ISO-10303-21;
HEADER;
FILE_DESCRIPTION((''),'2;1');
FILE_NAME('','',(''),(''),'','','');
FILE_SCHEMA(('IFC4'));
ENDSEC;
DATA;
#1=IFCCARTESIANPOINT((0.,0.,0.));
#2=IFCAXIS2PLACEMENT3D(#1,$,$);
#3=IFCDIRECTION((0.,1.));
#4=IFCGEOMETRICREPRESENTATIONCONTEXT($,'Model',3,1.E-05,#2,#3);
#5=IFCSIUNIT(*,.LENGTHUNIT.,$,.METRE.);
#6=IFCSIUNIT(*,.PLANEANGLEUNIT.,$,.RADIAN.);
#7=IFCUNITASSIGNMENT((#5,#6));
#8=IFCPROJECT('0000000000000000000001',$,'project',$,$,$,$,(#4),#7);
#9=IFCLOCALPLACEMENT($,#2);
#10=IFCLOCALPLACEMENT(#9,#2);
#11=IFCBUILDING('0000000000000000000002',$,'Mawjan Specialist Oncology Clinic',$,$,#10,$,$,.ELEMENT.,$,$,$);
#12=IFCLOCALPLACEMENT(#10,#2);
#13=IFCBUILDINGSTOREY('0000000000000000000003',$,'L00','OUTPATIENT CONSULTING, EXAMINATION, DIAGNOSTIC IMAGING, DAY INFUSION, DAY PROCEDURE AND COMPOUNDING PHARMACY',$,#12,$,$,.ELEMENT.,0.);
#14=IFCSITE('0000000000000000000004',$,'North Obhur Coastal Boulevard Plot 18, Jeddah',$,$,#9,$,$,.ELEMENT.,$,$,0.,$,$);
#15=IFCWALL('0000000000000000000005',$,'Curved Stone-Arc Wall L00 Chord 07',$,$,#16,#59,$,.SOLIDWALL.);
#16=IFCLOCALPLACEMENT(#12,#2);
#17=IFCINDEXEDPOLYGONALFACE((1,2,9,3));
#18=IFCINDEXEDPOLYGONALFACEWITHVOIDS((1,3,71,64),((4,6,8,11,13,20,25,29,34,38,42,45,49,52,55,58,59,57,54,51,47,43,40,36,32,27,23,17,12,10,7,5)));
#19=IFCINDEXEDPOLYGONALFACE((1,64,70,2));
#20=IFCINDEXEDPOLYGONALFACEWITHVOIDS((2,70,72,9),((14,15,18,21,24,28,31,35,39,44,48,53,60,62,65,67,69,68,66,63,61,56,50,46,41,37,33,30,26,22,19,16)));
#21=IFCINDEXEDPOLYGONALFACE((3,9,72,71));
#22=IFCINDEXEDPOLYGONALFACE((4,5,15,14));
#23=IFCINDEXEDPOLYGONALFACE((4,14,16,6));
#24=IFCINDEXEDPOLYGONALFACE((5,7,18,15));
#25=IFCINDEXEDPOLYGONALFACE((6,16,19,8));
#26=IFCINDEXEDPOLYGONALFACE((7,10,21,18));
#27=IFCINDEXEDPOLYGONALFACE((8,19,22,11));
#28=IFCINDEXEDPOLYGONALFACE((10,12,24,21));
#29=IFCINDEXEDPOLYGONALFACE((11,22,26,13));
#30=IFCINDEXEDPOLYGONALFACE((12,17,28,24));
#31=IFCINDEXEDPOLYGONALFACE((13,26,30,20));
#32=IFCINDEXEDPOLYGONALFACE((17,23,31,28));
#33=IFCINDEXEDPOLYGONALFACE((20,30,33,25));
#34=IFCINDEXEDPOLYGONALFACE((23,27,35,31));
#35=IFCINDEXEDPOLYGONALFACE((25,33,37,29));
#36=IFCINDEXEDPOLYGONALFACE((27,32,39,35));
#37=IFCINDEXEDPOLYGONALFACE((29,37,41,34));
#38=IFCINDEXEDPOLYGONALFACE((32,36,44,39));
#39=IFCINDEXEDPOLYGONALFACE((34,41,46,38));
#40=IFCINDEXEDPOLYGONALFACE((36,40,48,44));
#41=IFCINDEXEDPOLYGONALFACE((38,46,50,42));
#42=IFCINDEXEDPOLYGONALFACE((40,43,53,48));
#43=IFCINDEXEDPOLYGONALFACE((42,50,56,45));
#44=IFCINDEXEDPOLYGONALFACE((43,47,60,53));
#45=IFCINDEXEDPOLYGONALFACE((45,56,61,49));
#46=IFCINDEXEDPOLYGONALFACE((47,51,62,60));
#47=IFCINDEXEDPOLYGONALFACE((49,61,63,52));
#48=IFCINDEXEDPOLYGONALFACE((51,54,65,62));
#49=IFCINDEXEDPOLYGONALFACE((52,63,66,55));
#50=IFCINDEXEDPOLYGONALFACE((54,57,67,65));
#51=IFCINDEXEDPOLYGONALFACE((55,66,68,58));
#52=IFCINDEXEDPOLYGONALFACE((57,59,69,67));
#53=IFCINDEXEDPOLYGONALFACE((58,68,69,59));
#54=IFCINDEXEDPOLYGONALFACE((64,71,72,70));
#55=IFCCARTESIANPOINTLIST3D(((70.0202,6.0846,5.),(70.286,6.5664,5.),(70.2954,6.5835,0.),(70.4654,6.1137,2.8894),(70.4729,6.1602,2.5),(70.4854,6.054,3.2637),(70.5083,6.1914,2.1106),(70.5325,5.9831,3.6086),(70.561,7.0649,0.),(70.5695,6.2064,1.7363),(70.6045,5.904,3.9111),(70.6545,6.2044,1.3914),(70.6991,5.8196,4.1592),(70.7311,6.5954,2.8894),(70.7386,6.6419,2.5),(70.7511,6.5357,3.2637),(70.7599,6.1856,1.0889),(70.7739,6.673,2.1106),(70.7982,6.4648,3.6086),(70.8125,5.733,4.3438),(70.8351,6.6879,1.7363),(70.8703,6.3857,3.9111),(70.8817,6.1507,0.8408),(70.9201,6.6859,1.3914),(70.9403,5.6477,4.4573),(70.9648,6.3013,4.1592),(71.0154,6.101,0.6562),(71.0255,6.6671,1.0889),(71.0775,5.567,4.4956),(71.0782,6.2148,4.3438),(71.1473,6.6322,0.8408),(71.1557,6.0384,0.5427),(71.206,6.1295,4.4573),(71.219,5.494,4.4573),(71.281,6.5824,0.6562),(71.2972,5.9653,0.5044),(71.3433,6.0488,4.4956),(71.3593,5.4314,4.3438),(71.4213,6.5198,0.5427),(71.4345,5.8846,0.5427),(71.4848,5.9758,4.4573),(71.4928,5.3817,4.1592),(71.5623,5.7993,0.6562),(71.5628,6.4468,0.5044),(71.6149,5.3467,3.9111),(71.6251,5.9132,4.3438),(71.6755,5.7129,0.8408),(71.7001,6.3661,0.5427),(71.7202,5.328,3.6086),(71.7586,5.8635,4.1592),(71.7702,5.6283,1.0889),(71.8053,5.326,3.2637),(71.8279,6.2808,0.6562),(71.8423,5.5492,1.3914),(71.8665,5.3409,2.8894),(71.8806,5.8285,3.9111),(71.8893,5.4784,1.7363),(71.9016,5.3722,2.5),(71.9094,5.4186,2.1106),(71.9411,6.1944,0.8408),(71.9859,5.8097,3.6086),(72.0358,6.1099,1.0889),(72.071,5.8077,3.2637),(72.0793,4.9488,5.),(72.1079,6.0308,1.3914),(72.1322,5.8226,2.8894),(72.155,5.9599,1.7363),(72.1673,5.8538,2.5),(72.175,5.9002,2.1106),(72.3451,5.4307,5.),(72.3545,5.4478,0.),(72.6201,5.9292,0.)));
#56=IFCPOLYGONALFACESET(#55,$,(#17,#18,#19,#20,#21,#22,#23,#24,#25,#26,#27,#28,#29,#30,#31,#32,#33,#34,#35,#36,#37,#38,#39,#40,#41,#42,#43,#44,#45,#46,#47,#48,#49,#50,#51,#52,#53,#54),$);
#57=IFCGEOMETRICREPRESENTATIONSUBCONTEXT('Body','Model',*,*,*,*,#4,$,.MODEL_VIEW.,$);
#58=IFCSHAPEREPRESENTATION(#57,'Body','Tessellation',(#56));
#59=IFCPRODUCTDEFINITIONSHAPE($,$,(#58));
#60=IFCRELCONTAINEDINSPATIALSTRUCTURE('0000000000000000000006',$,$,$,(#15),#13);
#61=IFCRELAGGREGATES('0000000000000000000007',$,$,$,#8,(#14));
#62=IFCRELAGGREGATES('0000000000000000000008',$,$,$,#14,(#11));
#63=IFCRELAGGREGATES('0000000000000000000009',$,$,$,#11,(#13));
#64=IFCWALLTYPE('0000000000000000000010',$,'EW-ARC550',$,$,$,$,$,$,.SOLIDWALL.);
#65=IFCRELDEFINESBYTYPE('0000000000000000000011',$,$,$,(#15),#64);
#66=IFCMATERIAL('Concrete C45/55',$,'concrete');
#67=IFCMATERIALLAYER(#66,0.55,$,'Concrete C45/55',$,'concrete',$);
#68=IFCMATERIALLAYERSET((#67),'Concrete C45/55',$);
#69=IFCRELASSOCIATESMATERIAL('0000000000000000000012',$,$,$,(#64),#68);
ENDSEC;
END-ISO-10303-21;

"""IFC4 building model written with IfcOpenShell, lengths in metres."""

from ifc_helpers import new_model, si_unit, direction, frame, origin, place, context, subcontext, project, spatial, polyline, outline, extrude, material, layer, layer_set, type_object, element, save


model = new_model("IFC4")

# Units and contexts
model_context = context("Model", 3, precision=1e-05, world=origin(), true_north=direction((0.0, 1.0)))
body_context = subcontext(model_context, "Body", "Model", "MODEL_VIEW")
ifc_project = project(units=[si_unit("LENGTHUNIT", "METRE"), si_unit("PLANEANGLEUNIT", "RADIAN")], contexts=[model_context])

# Site, building, storey
site_placement = place(None, origin())
site = spatial("IfcSite", under=ifc_project, at=site_placement, Name="North Obhur Coastal Boulevard Plot 18, Jeddah", CompositionType="ELEMENT", RefElevation=0.0)
building_placement = place(site_placement, origin())
building = spatial("IfcBuilding", under=site, at=building_placement, Name="Mawjan Specialist Oncology Clinic", CompositionType="ELEMENT")
storey_placement = place(building_placement, origin())
storey = spatial("IfcBuildingStorey", under=building, at=storey_placement, Name="L00", Description="OUTPATIENT CONSULTING, EXAMINATION, DIAGNOSTIC IMAGING, DAY INFUSION, DAY PROCEDURE AND COMPOUNDING PHARMACY", CompositionType="ELEMENT", Elevation=0.0)

# Wall, opening
ifc_material_1 = material(Name="Concrete C45/55", Category="concrete")
ifc_layer = layer(ifc_material_1, 0.55, Name="Concrete C45/55", Category="concrete")
ifc_layer_set = layer_set([ifc_layer], Name="Concrete C45/55")
wall_type = type_object("IfcWallType", Name="EW-ARC550", PredefinedType="SOLIDWALL", material=ifc_layer_set)
wall_1_placement = place(storey_placement, frame((72.4873, 5.6885, 0.0), z_axis=(0.0, 0.0, 1.0), x_axis=(-0.875632, 0.482979, 0.0)))
wall_1 = element("IfcWall", 1, at=wall_1_placement, inside=storey, type_object=wall_type, Name="Curved Stone-Arc Wall L00 Chord 07", PredefinedType="SOLIDWALL", context=body_context, shape_type="SweptSolid", body=[
    extrude(outline(polyline([(-0.2749, 0.0), (0.2749, 0.0), (0.8447, 5.0), (0.2944, 5.0), (-0.2749, 0.0)])), frame((0.0, 0.0, 0.0), z_axis=(1.0, 0.0, 0.0), x_axis=(0.0, 1.0, 0.0)), (0.0, 0.0, 1.0), 2.3516),
])
opening_1_placement = place(wall_1_placement, origin())
element("IfcOpeningElement", 2, at=opening_1_placement, cuts=wall_1, PredefinedType="OPENING", context=body_context, shape_type="SweptSolid", body=[
    extrude(outline(polyline([(1.9917, 2.5), (1.9758, 2.8894), (1.9294, 3.2637), (1.854, 3.6086), (1.7527, 3.9111), (1.6292, 4.1592), (1.488, 4.3438), (1.335, 4.4573), (1.1758, 4.4956), (1.0166, 4.4573), (0.8635, 4.3438), (0.7227, 4.1592), (0.5989, 3.9111), (0.4976, 3.6086), (0.4221, 3.2637), (0.3757, 2.8894), (0.3601, 2.5), (0.3757, 2.1106), (0.4221, 1.7363), (0.4976, 1.3914), (0.5989, 1.0889), (0.7227, 0.8408), (0.8635, 0.6562), (1.0166, 0.5427), (1.1758, 0.5044), (1.335, 0.5427), (1.488, 0.6562), (1.6292, 0.8408), (1.7527, 1.0889), (1.854, 1.3914), (1.9294, 1.7363), (1.9758, 2.1106), (1.9917, 2.5)])), frame((0.0, 0.8645, 0.0), z_axis=(0.0, -1.0, 0.0), x_axis=(1.0, 0.0, 0.0)), (0.0, 0.0, 1.0), 1.1597),
])

save(model, "model.ifc")
